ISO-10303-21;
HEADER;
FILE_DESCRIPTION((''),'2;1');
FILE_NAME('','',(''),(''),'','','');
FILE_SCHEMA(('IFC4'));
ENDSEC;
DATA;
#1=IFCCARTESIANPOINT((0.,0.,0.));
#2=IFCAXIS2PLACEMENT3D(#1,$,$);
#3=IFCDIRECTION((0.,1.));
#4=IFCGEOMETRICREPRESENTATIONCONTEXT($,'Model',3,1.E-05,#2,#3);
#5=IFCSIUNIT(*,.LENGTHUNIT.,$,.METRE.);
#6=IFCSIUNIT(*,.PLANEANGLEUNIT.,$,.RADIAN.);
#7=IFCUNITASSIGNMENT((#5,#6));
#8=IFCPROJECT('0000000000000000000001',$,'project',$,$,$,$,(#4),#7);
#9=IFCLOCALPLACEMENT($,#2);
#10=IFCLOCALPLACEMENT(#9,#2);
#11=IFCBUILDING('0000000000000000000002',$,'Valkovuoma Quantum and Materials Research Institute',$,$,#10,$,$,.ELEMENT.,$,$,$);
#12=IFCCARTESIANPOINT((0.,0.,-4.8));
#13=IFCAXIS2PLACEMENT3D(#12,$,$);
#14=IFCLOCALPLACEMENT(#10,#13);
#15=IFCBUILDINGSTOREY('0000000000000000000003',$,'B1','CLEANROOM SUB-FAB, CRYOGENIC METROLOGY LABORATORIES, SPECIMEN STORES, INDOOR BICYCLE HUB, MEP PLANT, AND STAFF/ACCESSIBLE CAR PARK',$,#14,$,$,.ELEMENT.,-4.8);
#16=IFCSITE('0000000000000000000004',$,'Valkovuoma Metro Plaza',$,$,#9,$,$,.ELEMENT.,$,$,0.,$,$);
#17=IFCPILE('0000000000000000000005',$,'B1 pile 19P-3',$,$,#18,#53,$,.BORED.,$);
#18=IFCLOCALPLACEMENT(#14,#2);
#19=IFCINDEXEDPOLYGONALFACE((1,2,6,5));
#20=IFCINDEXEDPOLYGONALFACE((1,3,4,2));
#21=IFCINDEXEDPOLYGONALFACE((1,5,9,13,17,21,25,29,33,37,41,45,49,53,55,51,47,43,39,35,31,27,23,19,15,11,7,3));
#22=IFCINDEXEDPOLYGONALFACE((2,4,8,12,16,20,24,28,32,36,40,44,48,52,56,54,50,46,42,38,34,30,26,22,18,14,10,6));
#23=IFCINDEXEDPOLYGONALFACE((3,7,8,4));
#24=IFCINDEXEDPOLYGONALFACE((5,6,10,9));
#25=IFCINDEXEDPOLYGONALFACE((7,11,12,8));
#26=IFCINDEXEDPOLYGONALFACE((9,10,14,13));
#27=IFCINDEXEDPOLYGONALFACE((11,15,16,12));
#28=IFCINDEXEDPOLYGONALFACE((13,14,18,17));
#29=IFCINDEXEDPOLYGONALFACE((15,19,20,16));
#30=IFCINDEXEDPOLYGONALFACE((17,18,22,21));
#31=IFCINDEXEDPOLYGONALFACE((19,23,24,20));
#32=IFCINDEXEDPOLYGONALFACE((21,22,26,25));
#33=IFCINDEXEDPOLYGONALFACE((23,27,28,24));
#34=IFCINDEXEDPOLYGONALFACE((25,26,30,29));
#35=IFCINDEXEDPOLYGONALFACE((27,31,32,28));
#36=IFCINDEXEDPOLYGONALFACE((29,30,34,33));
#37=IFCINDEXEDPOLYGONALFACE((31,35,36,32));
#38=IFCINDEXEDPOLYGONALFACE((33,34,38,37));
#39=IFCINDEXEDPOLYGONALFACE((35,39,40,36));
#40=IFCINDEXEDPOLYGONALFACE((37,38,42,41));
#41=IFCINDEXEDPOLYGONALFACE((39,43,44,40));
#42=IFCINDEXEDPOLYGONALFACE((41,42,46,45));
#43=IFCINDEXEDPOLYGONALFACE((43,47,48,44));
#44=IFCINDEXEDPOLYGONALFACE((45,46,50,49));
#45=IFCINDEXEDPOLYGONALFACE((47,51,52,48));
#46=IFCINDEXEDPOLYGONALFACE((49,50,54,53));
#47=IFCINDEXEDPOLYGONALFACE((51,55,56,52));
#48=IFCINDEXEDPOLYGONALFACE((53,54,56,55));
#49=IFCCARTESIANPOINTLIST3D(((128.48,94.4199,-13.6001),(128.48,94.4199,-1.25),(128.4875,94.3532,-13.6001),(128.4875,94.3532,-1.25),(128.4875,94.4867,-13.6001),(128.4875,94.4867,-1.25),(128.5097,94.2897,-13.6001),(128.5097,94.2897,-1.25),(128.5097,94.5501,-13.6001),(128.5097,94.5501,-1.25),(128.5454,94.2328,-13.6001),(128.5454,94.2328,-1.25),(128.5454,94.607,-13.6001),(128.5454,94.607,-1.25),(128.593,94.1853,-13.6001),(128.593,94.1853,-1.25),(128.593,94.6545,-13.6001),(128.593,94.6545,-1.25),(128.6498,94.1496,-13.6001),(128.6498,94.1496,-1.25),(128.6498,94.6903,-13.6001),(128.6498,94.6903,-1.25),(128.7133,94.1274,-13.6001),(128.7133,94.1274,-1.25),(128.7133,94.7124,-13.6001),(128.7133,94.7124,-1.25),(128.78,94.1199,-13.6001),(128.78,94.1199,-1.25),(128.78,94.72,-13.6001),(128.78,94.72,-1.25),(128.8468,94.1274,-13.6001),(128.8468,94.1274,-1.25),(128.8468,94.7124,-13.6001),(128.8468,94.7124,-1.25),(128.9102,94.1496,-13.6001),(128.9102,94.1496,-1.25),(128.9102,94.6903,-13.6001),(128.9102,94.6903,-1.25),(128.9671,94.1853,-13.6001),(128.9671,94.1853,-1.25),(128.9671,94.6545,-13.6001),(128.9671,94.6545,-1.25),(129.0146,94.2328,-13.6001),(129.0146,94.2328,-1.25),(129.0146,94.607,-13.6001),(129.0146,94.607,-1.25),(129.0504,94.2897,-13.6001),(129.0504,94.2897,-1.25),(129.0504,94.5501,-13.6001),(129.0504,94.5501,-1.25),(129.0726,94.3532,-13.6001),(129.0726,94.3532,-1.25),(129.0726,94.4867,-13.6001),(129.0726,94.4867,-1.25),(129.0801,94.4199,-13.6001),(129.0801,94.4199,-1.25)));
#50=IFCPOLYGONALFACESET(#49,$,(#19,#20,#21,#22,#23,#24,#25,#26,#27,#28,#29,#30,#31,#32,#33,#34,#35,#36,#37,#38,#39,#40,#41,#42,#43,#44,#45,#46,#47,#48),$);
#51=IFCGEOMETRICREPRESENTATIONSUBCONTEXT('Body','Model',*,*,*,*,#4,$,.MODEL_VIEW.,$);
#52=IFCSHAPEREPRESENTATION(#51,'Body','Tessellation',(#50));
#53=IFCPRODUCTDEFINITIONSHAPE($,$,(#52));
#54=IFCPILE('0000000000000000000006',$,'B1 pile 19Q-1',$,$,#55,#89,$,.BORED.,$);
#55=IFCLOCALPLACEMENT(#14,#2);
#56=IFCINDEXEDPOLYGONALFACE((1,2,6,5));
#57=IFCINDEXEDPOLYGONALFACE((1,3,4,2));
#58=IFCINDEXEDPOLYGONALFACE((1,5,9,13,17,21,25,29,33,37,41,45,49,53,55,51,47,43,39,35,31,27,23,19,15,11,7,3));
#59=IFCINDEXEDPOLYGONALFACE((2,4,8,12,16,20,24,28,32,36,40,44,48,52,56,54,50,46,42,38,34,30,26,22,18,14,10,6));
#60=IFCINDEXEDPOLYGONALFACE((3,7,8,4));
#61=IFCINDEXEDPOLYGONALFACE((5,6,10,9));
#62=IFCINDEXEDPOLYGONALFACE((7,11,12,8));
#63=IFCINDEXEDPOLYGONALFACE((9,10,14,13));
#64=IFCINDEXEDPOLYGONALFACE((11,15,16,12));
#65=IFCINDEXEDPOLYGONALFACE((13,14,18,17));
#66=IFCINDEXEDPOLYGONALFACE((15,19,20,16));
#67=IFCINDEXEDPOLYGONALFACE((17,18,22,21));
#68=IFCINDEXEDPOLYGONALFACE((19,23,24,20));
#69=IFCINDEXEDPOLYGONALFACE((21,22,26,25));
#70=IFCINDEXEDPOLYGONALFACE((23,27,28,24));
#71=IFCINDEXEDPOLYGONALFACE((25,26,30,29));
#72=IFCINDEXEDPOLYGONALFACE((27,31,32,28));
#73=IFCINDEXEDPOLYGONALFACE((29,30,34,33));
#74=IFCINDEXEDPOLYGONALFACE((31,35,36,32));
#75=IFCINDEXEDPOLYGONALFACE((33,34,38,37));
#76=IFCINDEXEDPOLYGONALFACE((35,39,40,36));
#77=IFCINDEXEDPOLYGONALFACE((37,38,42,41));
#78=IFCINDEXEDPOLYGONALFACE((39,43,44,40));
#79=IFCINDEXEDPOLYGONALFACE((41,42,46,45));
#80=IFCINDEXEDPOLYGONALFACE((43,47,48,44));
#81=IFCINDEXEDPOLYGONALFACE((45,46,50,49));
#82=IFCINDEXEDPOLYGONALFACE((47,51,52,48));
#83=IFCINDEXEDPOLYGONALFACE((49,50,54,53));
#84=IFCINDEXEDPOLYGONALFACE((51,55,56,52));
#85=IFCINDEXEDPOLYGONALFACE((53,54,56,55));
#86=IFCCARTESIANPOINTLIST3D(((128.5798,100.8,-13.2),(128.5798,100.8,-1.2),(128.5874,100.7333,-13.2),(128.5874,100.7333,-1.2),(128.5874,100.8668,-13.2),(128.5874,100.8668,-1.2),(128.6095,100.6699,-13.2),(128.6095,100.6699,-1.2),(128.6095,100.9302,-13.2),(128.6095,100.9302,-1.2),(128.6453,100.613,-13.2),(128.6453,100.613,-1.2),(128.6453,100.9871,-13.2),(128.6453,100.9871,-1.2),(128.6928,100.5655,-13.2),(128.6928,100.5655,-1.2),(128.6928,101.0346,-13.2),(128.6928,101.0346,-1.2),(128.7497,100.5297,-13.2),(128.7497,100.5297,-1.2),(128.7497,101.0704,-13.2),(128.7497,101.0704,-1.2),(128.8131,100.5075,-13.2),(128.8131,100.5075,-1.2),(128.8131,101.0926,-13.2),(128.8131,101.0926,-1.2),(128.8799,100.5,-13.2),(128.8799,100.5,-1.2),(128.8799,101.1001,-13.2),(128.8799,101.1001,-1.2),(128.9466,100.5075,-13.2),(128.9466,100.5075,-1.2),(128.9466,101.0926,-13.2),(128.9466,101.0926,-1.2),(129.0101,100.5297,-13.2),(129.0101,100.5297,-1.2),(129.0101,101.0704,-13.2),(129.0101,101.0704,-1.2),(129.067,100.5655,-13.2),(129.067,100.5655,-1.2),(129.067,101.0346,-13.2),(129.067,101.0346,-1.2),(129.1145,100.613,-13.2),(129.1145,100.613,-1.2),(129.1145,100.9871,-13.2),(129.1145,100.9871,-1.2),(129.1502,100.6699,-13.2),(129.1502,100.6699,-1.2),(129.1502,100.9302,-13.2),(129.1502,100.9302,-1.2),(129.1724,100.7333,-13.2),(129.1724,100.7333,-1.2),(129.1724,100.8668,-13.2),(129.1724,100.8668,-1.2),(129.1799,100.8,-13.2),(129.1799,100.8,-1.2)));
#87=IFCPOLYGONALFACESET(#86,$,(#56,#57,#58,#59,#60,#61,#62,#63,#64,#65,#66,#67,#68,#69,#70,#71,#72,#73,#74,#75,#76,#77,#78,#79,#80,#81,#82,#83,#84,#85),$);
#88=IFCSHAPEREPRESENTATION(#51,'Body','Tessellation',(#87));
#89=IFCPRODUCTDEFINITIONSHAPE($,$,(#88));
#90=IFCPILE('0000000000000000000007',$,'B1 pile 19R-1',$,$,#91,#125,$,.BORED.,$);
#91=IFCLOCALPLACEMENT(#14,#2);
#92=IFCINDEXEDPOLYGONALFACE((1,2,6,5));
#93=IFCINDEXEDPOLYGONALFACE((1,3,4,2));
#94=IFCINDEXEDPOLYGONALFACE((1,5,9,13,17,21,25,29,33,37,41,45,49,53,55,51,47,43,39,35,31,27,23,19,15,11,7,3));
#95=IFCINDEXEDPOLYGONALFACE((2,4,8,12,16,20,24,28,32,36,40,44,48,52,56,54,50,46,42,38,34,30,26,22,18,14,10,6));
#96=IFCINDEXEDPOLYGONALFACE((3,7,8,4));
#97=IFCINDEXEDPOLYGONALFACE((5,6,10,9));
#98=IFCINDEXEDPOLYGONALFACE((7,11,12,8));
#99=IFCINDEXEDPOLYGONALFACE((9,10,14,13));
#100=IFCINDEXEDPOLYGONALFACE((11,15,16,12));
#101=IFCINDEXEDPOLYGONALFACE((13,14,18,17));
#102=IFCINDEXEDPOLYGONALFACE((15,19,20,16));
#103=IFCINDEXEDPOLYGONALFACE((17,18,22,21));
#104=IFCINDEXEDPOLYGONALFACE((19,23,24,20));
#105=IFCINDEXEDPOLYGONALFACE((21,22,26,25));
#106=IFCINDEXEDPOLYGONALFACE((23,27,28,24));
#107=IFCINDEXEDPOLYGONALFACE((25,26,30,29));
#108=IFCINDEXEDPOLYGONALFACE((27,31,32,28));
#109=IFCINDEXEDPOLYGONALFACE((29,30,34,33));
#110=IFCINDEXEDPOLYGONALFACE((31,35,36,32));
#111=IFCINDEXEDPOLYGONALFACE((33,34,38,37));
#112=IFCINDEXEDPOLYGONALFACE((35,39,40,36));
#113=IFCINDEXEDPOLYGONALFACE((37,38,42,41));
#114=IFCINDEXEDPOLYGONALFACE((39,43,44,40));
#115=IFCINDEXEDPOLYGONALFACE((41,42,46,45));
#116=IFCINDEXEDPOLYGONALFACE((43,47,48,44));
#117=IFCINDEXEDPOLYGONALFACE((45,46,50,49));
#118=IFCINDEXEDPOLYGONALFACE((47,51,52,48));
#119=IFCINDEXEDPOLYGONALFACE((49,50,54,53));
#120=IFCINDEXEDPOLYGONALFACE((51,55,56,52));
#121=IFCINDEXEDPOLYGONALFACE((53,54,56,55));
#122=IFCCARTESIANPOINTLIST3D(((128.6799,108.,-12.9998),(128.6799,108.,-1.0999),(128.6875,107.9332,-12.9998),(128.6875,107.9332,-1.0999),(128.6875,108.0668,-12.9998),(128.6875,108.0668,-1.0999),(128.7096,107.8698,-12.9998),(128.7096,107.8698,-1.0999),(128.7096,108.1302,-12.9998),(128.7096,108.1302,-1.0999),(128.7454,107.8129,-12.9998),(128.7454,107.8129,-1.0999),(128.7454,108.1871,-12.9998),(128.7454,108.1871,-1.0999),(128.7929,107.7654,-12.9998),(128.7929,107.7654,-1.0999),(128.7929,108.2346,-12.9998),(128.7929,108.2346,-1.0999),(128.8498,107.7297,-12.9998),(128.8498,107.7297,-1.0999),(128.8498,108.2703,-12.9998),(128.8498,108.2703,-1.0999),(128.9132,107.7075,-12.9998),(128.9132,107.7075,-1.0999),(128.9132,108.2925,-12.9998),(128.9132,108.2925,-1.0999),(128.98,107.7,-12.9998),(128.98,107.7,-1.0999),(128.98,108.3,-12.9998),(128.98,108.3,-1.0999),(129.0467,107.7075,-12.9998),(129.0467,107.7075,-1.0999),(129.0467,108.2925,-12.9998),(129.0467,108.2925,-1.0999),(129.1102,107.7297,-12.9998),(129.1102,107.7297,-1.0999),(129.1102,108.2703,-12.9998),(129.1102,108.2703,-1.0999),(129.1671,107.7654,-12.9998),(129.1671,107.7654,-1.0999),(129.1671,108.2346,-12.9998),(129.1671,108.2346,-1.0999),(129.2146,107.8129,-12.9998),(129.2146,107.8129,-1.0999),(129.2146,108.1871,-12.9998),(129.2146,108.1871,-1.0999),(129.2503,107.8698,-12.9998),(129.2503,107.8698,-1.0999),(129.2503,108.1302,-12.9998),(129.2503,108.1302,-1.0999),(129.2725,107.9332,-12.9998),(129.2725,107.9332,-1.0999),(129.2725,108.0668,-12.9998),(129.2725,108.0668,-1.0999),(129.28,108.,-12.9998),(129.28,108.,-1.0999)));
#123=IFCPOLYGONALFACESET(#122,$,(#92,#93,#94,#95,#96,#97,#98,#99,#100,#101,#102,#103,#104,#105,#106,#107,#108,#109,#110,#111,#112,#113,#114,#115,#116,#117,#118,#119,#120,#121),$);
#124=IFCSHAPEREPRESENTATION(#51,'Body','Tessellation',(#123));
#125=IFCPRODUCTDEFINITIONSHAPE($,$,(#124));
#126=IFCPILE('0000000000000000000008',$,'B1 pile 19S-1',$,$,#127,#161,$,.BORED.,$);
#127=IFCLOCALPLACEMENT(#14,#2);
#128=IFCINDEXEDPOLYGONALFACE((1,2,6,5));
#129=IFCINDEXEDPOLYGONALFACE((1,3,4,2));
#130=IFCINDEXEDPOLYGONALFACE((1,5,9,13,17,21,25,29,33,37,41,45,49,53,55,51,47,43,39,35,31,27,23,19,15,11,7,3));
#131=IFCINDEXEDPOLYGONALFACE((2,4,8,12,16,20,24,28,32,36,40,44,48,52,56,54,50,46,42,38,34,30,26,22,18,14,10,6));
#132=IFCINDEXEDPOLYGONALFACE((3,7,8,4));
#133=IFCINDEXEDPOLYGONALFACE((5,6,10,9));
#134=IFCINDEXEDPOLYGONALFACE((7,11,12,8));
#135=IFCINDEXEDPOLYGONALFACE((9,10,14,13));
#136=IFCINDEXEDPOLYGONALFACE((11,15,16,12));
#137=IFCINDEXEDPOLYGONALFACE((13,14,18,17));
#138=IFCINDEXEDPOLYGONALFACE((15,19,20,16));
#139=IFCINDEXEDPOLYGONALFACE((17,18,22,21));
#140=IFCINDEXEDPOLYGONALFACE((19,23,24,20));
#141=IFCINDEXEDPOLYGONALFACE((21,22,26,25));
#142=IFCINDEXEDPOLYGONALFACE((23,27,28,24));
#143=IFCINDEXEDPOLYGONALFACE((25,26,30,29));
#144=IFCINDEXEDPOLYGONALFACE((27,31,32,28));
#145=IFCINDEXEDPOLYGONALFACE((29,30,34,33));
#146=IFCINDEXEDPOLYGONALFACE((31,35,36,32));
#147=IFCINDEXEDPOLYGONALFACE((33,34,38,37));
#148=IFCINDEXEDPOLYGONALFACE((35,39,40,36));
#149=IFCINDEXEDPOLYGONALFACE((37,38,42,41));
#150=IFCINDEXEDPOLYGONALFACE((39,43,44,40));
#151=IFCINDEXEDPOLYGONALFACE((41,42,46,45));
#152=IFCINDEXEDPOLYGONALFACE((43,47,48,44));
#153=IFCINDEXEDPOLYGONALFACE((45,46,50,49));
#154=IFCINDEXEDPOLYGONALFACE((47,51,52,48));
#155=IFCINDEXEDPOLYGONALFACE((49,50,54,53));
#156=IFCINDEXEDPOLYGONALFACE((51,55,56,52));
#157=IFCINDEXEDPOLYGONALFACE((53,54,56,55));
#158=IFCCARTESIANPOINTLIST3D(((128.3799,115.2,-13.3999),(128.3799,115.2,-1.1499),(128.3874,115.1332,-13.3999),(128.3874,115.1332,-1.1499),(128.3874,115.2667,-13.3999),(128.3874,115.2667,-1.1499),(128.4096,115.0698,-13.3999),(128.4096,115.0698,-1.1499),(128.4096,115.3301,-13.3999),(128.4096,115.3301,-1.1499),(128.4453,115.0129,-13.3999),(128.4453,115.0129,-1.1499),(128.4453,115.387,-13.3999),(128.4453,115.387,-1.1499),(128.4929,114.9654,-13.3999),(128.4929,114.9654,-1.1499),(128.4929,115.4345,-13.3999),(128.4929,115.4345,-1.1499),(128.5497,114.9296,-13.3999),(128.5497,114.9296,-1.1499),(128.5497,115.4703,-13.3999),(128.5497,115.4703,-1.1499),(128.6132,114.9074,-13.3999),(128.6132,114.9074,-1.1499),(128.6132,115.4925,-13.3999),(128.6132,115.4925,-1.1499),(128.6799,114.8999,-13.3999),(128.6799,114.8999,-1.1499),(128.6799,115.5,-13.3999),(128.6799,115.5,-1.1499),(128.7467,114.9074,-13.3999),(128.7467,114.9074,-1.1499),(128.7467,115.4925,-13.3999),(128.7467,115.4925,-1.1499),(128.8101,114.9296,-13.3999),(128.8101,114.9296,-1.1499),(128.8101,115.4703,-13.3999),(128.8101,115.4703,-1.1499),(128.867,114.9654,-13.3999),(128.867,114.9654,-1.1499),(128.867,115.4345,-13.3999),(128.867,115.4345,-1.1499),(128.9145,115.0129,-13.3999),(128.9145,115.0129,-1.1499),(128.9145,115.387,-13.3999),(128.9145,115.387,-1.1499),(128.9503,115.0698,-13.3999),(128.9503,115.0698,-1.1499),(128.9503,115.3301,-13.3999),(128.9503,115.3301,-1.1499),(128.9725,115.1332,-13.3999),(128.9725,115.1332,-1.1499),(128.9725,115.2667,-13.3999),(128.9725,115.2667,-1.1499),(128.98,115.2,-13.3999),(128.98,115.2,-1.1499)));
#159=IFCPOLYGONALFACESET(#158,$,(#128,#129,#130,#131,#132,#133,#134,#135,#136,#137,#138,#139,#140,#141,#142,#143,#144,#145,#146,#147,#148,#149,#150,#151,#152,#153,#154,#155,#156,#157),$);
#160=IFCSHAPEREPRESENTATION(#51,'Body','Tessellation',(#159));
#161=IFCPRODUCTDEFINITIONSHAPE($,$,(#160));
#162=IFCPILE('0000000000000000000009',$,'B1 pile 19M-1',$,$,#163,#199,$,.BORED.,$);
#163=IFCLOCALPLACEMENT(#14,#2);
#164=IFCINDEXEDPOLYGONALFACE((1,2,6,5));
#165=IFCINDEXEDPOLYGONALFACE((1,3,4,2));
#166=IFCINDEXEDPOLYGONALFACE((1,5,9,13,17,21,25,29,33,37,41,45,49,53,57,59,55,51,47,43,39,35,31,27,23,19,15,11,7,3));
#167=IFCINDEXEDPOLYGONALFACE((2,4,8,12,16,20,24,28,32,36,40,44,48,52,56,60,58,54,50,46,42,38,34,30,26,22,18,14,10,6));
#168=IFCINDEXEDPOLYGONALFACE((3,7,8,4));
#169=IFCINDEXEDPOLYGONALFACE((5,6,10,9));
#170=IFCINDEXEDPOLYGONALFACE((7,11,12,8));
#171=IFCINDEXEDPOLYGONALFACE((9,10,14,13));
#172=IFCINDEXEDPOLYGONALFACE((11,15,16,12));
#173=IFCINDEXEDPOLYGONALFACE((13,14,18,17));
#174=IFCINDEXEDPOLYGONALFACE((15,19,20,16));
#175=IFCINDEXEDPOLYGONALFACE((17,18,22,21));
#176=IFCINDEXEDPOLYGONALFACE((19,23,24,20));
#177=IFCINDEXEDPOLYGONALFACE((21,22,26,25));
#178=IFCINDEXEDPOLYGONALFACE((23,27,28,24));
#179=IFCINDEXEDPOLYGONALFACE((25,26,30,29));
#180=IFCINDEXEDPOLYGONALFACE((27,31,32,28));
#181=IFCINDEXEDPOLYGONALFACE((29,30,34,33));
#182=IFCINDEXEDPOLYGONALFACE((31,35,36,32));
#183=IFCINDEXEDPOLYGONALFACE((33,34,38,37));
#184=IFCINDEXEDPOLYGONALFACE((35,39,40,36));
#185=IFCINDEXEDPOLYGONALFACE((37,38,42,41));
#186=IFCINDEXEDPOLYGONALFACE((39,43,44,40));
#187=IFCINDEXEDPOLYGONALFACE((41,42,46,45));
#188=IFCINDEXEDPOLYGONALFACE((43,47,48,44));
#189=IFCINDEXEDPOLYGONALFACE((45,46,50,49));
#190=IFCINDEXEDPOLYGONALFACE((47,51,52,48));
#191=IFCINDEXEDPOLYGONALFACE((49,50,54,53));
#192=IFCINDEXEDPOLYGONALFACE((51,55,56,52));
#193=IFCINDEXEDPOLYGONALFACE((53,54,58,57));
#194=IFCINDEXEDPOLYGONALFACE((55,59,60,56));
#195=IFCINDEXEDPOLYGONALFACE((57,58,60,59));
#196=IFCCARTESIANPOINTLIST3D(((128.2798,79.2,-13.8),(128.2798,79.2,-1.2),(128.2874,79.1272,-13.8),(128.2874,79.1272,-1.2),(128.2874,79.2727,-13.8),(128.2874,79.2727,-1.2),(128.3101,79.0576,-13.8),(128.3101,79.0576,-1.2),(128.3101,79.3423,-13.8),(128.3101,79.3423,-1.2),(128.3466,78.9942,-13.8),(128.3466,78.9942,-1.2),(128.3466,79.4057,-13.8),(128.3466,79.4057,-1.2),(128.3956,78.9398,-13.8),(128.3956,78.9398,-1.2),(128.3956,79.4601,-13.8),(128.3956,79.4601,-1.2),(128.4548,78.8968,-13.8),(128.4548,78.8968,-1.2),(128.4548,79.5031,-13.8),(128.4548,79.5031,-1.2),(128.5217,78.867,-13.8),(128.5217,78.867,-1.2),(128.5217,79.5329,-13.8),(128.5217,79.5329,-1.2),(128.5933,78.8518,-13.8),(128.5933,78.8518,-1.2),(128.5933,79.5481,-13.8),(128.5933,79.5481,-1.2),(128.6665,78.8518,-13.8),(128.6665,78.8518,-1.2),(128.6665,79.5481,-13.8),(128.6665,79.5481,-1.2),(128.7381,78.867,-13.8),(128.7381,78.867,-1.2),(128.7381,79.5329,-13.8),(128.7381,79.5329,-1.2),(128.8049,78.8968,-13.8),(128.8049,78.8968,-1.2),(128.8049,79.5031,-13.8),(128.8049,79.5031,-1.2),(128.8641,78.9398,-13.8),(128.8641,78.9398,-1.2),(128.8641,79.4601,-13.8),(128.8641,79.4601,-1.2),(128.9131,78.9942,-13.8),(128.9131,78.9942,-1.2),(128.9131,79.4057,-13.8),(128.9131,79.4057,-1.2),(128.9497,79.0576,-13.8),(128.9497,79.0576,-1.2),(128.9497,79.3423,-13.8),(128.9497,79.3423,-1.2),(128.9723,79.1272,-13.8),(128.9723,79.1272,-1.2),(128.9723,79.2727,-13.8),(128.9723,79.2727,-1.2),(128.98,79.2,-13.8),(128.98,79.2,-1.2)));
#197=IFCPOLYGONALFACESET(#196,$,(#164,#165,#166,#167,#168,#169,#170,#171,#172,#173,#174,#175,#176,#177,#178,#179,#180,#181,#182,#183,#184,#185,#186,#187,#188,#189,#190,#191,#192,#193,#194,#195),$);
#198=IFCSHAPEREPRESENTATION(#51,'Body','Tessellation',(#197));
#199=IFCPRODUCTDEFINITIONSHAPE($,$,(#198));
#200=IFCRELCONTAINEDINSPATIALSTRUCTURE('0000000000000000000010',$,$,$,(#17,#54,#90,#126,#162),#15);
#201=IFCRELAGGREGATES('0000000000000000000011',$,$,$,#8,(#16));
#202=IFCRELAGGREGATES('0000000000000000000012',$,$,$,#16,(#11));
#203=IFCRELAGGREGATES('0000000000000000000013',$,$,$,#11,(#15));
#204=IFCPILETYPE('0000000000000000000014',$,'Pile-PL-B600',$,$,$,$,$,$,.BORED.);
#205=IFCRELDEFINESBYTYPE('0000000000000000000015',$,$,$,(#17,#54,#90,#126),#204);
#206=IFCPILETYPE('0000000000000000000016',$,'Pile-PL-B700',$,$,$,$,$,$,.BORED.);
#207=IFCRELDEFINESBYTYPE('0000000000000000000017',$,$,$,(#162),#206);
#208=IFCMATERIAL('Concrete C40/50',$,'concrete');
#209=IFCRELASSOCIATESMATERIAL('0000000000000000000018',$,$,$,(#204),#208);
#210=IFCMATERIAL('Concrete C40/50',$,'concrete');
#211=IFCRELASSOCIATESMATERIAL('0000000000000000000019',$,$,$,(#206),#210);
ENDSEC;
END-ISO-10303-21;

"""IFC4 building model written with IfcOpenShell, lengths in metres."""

from ifc_helpers import new_model, si_unit, direction, frame, origin, origin_2d, place, context, subcontext, project, spatial, circle, extrude, material, material_profile, profile_set, type_object, element, save


model = new_model("IFC4")

# Units and contexts
model_context = context("Model", 3, precision=1e-05, world=origin(), true_north=direction((0.0, 1.0)))
body_context = subcontext(model_context, "Body", "Model", "MODEL_VIEW")
ifc_project = project(units=[si_unit("LENGTHUNIT", "METRE"), si_unit("PLANEANGLEUNIT", "RADIAN")], contexts=[model_context])

# Site, building, storey
site_placement = place(None, origin())
site = spatial("IfcSite", under=ifc_project, at=site_placement, Name="Valkovuoma Metro Plaza", CompositionType="ELEMENT", RefElevation=0.0)
building_placement = place(site_placement, origin())
building = spatial("IfcBuilding", under=site, at=building_placement, Name="Valkovuoma Quantum and Materials Research Institute", CompositionType="ELEMENT")
storey_placement = place(building_placement, frame((0.0, 0.0, -4.8)))
storey = spatial("IfcBuildingStorey", under=building, at=storey_placement, Name="B1", Description="CLEANROOM SUB-FAB, CRYOGENIC METROLOGY LABORATORIES, SPECIMEN STORES, INDOOR BICYCLE HUB, MEP PLANT, AND STAFF/ACCESSIBLE CAR PARK", CompositionType="ELEMENT", Elevation=-4.8)

# Piles
ifc_material_1 = material(Name="Concrete C40/50", Category="concrete")
ifc_material_profile_1 = material_profile(ifc_material_1, circle(Radius=0.3, at=origin_2d()), Name="Concrete C40/50")
ifc_profile_set_1 = profile_set([ifc_material_profile_1], Name="Concrete C40/50")
pile_type_1 = type_object("IfcPileType", Name="Pile-PL-B600", PredefinedType="BORED", material=ifc_profile_set_1)
for number, where, z_axis, x_axis, name in (
    (1, (128.78, 94.4199, -1.25), (0.0, 0.0, -1.0), (1.0, 0.0, 0.0), "B1 pile 19P-3"),
):
    element("IfcPile", number, at=place(storey_placement, frame(where, z_axis=z_axis, x_axis=x_axis)), inside=storey, type_object=pile_type_1, Name=name, PredefinedType="BORED", context=body_context, shape_type="SweptSolid", body=[
        extrude(circle(Radius=0.3, at=origin_2d()), origin(), (0.0, 0.0, 1.0), 12.3501),
    ])
pile_1_placement = place(storey_placement, frame((128.8799, 100.8, -1.2), z_axis=(0.0, 0.0, -1.0), x_axis=(1.0, 0.0, 0.0)))
element("IfcPile", 2, at=pile_1_placement, inside=storey, type_object=pile_type_1, Name="B1 pile 19Q-1", PredefinedType="BORED", context=body_context, shape_type="SweptSolid", body=[
    extrude(circle(Radius=0.3, at=origin_2d()), origin(), (0.0, 0.0, 1.0), 12.0),
])
pile_2_placement = place(storey_placement, frame((128.98, 108.0, -1.0999), z_axis=(0.0, 0.0, -1.0), x_axis=(1.0, 0.0, 0.0)))
element("IfcPile", 3, at=pile_2_placement, inside=storey, type_object=pile_type_1, Name="B1 pile 19R-1", PredefinedType="BORED", context=body_context, shape_type="SweptSolid", body=[
    extrude(circle(Radius=0.3, at=origin_2d()), origin(), (0.0, 0.0, 1.0), 11.8999),
])
pile_3_placement = place(storey_placement, frame((128.6799, 115.2, -1.1499), z_axis=(0.0, 0.0, -1.0), x_axis=(1.0, 0.0, 0.0)))
element("IfcPile", 4, at=pile_3_placement, inside=storey, type_object=pile_type_1, Name="B1 pile 19S-1", PredefinedType="BORED", context=body_context, shape_type="SweptSolid", body=[
    extrude(circle(Radius=0.3, at=origin_2d()), origin(), (0.0, 0.0, 1.0), 12.25),
])
ifc_material_2 = material(Name="Concrete C40/50", Category="concrete")
ifc_material_profile_2 = material_profile(ifc_material_2, circle(Radius=0.3501, at=origin_2d()), Name="Concrete C40/50")
ifc_profile_set_2 = profile_set([ifc_material_profile_2], Name="Concrete C40/50")
pile_type_2 = type_object("IfcPileType", Name="Pile-PL-B700", PredefinedType="BORED", material=ifc_profile_set_2)
pile_4_placement = place(storey_placement, frame((128.6299, 79.2, -1.2), z_axis=(0.0, 0.0, -1.0), x_axis=(1.0, 0.0, 0.0)))
element("IfcPile", 5, at=pile_4_placement, inside=storey, type_object=pile_type_2, Name="B1 pile 19M-1", PredefinedType="BORED", context=body_context, shape_type="SweptSolid", body=[
    extrude(circle(Radius=0.3501, at=origin_2d()), origin(), (0.0, 0.0, 1.0), 12.6001),
])

save(model, "model.ifc")
